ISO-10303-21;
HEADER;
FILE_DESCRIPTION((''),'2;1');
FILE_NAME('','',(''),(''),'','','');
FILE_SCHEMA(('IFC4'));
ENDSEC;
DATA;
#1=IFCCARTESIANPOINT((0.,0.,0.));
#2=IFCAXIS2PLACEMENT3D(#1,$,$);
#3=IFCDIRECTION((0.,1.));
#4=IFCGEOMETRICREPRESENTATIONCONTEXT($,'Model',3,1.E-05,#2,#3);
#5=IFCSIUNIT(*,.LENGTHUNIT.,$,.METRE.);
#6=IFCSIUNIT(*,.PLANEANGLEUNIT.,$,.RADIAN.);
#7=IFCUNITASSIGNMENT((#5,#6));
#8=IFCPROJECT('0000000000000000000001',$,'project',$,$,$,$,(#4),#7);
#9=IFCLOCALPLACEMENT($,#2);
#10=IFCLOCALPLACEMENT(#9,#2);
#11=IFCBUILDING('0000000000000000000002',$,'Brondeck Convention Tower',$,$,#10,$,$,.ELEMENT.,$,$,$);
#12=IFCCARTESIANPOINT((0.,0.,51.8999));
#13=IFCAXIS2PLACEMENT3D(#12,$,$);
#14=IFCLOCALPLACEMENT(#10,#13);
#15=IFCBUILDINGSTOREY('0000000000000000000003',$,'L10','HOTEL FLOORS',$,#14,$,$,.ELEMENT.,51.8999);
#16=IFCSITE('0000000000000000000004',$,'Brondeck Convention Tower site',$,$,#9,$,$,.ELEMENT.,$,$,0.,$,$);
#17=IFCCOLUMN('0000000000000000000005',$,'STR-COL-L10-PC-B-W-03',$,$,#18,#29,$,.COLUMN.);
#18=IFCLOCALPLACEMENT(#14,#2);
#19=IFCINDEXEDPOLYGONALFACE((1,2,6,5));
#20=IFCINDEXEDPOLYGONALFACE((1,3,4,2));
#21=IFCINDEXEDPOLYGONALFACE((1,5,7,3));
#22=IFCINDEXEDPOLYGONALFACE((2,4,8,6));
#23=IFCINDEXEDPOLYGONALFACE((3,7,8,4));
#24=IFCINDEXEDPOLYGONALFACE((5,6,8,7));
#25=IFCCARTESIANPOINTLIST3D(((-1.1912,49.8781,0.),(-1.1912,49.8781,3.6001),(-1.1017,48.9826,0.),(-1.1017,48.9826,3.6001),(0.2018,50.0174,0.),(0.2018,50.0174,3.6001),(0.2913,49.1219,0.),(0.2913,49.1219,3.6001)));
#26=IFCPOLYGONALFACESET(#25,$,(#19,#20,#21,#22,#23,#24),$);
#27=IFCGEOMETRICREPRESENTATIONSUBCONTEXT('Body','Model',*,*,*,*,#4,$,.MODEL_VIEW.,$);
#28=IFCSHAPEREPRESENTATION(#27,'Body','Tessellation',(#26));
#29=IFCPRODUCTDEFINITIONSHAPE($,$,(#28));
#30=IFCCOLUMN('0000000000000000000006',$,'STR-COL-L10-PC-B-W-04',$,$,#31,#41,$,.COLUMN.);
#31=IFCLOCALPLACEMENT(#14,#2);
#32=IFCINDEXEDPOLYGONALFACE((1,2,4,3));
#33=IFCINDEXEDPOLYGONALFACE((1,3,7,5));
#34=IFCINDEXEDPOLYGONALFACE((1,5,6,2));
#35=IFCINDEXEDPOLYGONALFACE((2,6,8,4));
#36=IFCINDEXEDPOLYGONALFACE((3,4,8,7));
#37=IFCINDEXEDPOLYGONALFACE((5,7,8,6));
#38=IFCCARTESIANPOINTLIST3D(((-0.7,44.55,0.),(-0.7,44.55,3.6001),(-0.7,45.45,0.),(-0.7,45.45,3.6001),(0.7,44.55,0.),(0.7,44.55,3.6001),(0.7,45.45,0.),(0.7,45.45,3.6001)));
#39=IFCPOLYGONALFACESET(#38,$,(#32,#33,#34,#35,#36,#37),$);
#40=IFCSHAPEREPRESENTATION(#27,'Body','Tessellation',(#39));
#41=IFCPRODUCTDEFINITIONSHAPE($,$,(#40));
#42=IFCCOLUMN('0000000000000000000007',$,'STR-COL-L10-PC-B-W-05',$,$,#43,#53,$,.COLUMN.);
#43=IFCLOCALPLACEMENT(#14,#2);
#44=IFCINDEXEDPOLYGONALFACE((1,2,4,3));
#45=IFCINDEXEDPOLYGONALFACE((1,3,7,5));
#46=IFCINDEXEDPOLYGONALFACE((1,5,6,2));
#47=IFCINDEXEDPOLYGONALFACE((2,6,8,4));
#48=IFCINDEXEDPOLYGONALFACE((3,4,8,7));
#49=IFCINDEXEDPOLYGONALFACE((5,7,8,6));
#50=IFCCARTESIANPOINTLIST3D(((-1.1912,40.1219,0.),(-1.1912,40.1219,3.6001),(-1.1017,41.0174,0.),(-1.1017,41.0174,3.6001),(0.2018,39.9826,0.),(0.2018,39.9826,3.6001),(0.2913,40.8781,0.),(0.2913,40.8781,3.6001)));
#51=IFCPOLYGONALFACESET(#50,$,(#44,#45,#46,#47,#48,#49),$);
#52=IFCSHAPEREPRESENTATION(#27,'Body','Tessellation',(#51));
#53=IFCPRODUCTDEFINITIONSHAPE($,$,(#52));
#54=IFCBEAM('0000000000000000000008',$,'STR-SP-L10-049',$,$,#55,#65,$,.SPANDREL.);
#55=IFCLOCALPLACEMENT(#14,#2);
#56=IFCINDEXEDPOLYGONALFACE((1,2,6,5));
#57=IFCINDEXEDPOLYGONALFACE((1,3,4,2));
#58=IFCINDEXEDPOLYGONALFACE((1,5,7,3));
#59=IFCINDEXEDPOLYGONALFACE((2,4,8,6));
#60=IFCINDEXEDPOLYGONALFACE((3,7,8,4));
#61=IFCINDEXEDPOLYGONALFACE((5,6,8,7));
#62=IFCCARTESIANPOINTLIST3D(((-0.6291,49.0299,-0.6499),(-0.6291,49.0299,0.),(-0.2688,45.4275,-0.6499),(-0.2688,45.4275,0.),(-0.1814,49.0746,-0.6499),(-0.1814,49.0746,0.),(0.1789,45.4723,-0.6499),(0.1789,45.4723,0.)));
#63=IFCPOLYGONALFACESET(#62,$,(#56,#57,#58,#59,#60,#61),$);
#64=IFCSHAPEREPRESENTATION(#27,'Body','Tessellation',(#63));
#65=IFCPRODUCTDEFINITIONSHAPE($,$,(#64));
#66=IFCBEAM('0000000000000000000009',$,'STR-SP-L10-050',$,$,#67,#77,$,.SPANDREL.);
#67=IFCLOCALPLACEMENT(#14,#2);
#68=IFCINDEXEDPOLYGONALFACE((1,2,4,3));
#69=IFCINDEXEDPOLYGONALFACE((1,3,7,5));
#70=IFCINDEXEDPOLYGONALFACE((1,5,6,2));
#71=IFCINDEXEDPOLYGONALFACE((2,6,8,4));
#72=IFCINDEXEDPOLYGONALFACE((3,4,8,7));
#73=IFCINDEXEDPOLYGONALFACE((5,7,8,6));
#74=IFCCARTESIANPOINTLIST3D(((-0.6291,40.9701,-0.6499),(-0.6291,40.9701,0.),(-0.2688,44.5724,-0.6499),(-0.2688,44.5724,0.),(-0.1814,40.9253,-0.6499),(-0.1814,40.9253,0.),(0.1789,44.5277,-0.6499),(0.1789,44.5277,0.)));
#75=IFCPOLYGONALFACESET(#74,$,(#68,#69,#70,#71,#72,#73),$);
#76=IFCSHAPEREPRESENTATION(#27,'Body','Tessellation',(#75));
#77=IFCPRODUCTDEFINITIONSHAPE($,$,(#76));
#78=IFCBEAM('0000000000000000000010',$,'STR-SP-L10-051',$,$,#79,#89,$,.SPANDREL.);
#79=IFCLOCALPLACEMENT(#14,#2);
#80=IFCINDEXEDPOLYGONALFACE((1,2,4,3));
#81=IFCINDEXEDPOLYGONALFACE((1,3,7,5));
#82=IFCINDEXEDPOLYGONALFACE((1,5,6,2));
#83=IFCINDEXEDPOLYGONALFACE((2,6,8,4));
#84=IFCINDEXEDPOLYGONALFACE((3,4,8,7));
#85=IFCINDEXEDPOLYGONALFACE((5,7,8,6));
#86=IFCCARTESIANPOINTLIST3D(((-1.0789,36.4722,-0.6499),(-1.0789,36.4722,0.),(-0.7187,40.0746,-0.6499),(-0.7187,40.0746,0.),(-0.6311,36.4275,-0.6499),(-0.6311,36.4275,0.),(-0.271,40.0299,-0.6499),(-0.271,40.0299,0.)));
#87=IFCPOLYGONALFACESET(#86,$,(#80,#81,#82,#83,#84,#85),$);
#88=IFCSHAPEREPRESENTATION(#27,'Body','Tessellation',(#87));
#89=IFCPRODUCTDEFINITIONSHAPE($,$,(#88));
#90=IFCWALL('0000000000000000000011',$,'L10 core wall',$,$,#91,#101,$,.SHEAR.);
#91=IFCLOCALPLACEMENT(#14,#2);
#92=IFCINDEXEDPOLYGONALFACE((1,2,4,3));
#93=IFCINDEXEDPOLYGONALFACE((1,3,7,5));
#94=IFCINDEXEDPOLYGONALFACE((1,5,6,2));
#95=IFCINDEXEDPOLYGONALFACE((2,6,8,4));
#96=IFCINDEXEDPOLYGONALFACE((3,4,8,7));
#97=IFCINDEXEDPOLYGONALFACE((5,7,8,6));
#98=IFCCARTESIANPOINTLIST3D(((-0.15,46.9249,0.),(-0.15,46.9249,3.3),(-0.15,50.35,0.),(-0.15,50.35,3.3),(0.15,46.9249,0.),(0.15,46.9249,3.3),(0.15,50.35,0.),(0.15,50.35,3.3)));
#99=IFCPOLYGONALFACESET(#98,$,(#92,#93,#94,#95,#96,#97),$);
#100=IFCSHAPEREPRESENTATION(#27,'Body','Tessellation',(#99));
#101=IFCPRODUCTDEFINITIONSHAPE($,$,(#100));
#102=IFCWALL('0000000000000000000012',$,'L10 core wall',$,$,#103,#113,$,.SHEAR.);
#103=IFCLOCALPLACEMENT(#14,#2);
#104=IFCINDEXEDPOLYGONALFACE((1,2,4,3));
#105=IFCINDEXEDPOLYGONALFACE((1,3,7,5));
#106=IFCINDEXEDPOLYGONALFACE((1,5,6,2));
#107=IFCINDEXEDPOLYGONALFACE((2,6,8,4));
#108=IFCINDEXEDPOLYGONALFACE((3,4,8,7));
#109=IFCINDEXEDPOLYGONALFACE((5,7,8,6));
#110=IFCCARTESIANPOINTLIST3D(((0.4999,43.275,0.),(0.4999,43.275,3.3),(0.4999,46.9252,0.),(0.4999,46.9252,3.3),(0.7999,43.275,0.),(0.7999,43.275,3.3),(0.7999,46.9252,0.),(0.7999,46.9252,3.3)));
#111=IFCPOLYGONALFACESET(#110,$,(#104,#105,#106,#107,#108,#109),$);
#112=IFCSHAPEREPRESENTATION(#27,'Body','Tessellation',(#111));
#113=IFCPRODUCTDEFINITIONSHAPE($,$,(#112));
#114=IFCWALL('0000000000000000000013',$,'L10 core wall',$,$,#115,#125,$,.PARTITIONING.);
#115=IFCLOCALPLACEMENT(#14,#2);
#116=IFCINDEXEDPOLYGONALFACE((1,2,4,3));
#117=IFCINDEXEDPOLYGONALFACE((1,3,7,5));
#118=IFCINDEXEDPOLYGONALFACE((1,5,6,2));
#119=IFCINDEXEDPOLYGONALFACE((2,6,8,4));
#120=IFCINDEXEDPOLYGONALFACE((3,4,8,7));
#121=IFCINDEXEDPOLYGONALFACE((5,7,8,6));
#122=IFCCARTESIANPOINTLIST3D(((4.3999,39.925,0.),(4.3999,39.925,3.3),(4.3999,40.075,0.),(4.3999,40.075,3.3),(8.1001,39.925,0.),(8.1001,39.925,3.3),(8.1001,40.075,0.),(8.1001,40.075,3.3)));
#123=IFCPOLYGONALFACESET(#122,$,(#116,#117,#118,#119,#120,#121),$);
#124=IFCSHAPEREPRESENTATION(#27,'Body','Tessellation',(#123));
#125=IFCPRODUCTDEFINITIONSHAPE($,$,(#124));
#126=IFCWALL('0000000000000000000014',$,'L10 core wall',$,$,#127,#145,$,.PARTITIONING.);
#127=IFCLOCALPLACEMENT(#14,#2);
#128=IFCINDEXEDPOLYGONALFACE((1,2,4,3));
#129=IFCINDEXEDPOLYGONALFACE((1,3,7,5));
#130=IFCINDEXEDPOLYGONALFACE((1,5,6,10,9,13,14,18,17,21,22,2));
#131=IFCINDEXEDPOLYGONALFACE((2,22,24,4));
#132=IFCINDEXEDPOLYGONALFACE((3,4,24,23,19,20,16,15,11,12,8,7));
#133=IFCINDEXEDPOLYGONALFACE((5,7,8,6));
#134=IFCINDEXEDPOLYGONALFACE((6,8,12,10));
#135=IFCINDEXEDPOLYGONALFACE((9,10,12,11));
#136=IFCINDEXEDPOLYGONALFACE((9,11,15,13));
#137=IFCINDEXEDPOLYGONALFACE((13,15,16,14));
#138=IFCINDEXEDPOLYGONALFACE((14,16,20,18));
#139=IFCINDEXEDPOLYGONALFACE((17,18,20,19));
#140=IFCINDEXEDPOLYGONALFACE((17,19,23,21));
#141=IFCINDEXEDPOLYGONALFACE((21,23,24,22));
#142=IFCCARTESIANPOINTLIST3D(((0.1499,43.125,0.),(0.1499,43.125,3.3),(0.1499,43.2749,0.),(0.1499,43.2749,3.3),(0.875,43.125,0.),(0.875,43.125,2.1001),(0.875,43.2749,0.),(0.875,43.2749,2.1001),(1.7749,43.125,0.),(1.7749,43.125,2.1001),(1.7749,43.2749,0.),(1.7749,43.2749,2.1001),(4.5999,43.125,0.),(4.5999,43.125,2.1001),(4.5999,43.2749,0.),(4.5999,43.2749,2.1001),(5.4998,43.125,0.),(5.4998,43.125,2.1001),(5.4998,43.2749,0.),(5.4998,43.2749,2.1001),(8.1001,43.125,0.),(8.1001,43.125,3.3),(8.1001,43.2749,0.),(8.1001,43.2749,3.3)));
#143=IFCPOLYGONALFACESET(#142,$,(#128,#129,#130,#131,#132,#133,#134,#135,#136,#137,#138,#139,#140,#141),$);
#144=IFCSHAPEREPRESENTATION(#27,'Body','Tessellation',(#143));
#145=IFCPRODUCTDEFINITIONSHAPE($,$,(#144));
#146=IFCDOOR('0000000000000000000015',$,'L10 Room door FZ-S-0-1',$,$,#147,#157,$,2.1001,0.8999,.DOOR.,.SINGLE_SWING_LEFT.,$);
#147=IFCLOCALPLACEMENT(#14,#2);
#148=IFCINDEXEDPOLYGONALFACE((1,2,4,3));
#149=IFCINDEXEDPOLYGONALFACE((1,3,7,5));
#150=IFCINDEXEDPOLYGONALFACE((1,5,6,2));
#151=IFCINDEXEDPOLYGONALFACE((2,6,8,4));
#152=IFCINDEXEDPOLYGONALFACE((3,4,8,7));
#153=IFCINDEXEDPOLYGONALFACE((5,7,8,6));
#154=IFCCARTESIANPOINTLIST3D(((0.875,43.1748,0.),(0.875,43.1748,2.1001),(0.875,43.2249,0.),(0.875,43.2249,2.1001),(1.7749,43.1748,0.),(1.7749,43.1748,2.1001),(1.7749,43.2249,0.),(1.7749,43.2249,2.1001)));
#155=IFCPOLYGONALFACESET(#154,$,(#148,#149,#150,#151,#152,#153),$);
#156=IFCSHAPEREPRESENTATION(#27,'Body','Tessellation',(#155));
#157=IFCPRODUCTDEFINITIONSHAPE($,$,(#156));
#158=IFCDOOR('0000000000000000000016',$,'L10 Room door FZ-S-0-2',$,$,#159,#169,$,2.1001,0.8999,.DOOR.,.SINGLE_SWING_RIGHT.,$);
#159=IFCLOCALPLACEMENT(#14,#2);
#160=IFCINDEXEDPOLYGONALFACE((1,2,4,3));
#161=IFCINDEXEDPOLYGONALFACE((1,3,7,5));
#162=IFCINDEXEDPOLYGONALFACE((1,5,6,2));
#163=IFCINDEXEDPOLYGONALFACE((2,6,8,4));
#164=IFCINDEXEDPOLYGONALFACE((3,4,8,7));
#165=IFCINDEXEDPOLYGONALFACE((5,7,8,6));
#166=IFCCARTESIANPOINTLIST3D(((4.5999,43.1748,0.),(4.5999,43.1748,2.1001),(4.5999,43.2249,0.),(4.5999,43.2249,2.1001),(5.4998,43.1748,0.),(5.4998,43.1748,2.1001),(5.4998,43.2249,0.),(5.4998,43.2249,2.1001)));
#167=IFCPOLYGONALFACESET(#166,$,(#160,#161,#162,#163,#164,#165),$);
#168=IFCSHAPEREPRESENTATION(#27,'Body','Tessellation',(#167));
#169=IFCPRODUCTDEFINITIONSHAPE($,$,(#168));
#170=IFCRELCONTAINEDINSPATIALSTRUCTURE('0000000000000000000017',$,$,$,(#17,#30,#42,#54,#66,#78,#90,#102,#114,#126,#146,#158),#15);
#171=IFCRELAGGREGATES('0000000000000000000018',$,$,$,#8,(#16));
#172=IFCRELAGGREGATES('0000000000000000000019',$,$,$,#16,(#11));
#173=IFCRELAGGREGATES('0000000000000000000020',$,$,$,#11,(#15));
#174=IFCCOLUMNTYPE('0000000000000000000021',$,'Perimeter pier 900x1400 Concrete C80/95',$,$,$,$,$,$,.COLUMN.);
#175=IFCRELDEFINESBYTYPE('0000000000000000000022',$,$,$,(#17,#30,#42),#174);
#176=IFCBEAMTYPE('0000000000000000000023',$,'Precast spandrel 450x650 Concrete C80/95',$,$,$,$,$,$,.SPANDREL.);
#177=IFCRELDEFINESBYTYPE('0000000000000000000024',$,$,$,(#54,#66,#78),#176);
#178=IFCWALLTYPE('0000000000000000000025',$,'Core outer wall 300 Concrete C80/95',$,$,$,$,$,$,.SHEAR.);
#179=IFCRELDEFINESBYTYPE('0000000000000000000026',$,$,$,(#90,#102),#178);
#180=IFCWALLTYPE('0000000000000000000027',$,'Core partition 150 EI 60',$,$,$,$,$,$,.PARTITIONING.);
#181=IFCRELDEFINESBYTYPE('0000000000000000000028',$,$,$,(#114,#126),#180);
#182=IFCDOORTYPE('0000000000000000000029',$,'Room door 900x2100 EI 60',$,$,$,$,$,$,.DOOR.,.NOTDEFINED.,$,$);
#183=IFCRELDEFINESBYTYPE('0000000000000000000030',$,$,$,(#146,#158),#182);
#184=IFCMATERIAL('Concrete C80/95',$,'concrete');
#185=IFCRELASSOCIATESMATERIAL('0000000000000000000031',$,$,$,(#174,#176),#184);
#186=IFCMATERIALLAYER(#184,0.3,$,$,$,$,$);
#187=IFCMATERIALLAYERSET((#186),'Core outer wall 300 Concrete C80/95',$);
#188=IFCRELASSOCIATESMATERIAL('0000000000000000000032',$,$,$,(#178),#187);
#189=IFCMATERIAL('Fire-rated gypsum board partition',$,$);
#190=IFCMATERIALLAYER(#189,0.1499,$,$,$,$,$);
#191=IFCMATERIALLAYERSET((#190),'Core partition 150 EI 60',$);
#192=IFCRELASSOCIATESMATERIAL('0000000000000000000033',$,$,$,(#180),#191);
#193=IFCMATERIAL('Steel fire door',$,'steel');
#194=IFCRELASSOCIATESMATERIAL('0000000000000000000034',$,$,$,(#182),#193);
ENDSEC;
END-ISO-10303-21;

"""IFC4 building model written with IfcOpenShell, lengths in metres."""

from ifc_helpers import new_model, si_unit, direction, frame, frame_2d, origin, origin_2d, place, context, subcontext, project, spatial, rectangle, extrude, material, layer, layer_set, material_profile, profile_set, type_object, element, fill, save


model = new_model("IFC4")

# Units and contexts
model_context = context("Model", 3, precision=1e-05, world=origin(), true_north=direction((0.0, 1.0)))
body_context = subcontext(model_context, "Body", "Model", "MODEL_VIEW")
ifc_project = project(units=[si_unit("LENGTHUNIT", "METRE"), si_unit("PLANEANGLEUNIT", "RADIAN")], contexts=[model_context])

# Site, building, storey
site_placement = place(None, origin())
site = spatial("IfcSite", under=ifc_project, at=site_placement, Name="Brondeck Convention Tower site", CompositionType="ELEMENT", RefElevation=0.0)
building_placement = place(site_placement, origin())
building = spatial("IfcBuilding", under=site, at=building_placement, Name="Brondeck Convention Tower", CompositionType="ELEMENT")
storey_placement = place(building_placement, frame((0.0, 0.0, 51.8999)))
storey = spatial("IfcBuildingStorey", under=building, at=storey_placement, Name="L10", Description="HOTEL FLOORS", CompositionType="ELEMENT", Elevation=51.8999)

# Columns
ifc_material_1 = material(Name="Concrete C80/95", Category="concrete")
ifc_material_profile_1 = material_profile(ifc_material_1, rectangle(XDim=0.8999, YDim=1.3999, at=origin_2d()), Name="Perimeter pier 900x1400 Concrete C80/95")
ifc_profile_set_1 = profile_set([ifc_material_profile_1], Name="Concrete C80/95")
column_type = type_object("IfcColumnType", Name="Perimeter pier 900x1400 Concrete C80/95", PredefinedType="COLUMN", material=ifc_profile_set_1)
for number, where, z_axis, x_axis, name in (
    (1, (-0.45, 49.5, 0.0), (0.0, 0.0, 1.0), (0.099504, -0.995037, 0.0), "STR-COL-L10-PC-B-W-03"),
    (2, (0.0, 45.0, 0.0), (0.0, 0.0, 1.0), (0.0, -1.0, 0.0), "STR-COL-L10-PC-B-W-04"),
    (3, (-0.45, 40.5, 0.0), (0.0, 0.0, 1.0), (-0.099504, -0.995037, 0.0), "STR-COL-L10-PC-B-W-05"),
):
    element("IfcColumn", number, at=place(storey_placement, frame(where, z_axis=z_axis, x_axis=x_axis)), inside=storey, type_object=column_type, Name=name, PredefinedType="COLUMN", context=body_context, shape_type="SweptSolid", body=[
        extrude(rectangle(XDim=0.8999, YDim=1.3999, at=origin_2d()), origin(), (0.0, 0.0, 1.0), 3.6001),
    ])

# Beams
ifc_material_profile_2 = material_profile(ifc_material_1, rectangle(XDim=0.45, YDim=0.6499, at=origin_2d()), Name="Precast spandrel 450x650 Concrete C80/95")
ifc_profile_set_2 = profile_set([ifc_material_profile_2], Name="Concrete C80/95")
beam_type = type_object("IfcBeamType", Name="Precast spandrel 450x650 Concrete C80/95", PredefinedType="SPANDREL", material=ifc_profile_set_2)
for number, where, z_axis, x_axis, name in (
    (4, (-0.4053, 49.0522, -0.325), (0.099537, -0.995034, 0.0), (0.995034, 0.099537, 0.0), "STR-SP-L10-049"),
    (5, (-0.0449, 44.55, -0.325), (-0.099537, -0.995034, 0.0), (0.995034, -0.099537, 0.0), "STR-SP-L10-050"),
    (6, (-0.4949, 40.0522, -0.325), (-0.09947, -0.995041, 0.0), (0.995041, -0.09947, 0.0), "STR-SP-L10-051"),
):
    element("IfcBeam", number, at=place(storey_placement, frame(where, z_axis=z_axis, x_axis=x_axis)), inside=storey, type_object=beam_type, Name=name, PredefinedType="SPANDREL", context=body_context, shape_type="SweptSolid", body=[
        extrude(rectangle(XDim=0.45, YDim=0.6499, at=origin_2d()), origin(), (0.0, 0.0, 1.0), 3.6204),
    ])

# Walls
ifc_layer_1 = layer(ifc_material_1, 0.3)
ifc_layer_set_1 = layer_set([ifc_layer_1], Name="Core outer wall 300 Concrete C80/95")
wall_type_1 = type_object("IfcWallType", Name="Core outer wall 300 Concrete C80/95", PredefinedType="SHEAR", material=ifc_layer_set_1)
wall_1_placement = place(storey_placement, frame((0.0, 46.925, 0.0), z_axis=(0.0, 0.0, 1.0), x_axis=(0.0, 1.0, 0.0)))
element("IfcWall", 7, at=wall_1_placement, inside=storey, type_object=wall_type_1, Name="L10 core wall", PredefinedType="SHEAR", context=body_context, shape_type="SweptSolid", body=[
    extrude(rectangle(XDim=3.425, YDim=0.3, at=frame_2d((1.7124, 0.0))), origin(), (0.0, 0.0, 1.0), 3.3),
])
wall_2_placement = place(storey_placement, frame((0.6499, 43.2749, 0.0), z_axis=(0.0, 0.0, 1.0), x_axis=(0.0, 1.0, 0.0)))
element("IfcWall", 8, at=wall_2_placement, inside=storey, type_object=wall_type_1, Name="L10 core wall", PredefinedType="SHEAR", context=body_context, shape_type="SweptSolid", body=[
    extrude(rectangle(XDim=3.6501, YDim=0.3, at=frame_2d((1.8252, 0.0))), origin(), (0.0, 0.0, 1.0), 3.3),
])
ifc_material_2 = material(Name="Fire-rated gypsum board partition")
ifc_layer_2 = layer(ifc_material_2, 0.1499)
ifc_layer_set_2 = layer_set([ifc_layer_2], Name="Core partition 150 EI 60")
wall_type_2 = type_object("IfcWallType", Name="Core partition 150 EI 60", PredefinedType="PARTITIONING", material=ifc_layer_set_2)
wall_3_placement = place(storey_placement, frame((4.3999, 40.0, 0.0), z_axis=(0.0, 0.0, 1.0), x_axis=(1.0, 0.0, 0.0)))
element("IfcWall", 9, at=wall_3_placement, inside=storey, type_object=wall_type_2, Name="L10 core wall", PredefinedType="PARTITIONING", context=body_context, shape_type="SweptSolid", body=[
    extrude(rectangle(XDim=3.7002, YDim=0.1499, at=frame_2d((1.8501, 0.0))), origin(), (0.0, 0.0, 1.0), 3.3),
])

# Wall, openings, doors
wall_4_placement = place(storey_placement, frame((0.1499, 43.2, 0.0), z_axis=(0.0, 0.0, 1.0), x_axis=(1.0, 0.0, 0.0)))
wall_4 = element("IfcWall", 10, at=wall_4_placement, inside=storey, type_object=wall_type_2, Name="L10 core wall", PredefinedType="PARTITIONING", context=body_context, shape_type="SweptSolid", body=[
    extrude(rectangle(XDim=7.9502, YDim=0.1499, at=frame_2d((3.9751, 0.0))), origin(), (0.0, 0.0, 1.0), 3.3),
])
opening_1_placement = place(wall_4_placement, frame((0.7251, 0.0, 0.0)))
opening_1 = element("IfcOpeningElement", 11, at=opening_1_placement, cuts=wall_4, PredefinedType="OPENING", context=body_context, shape_type="SweptSolid", body=[
    extrude(rectangle(XDim=0.8999, YDim=2.1001, at=frame_2d((0.45, 1.05))), frame((0.0, 0.085, 0.0), z_axis=(0.0, -1.0, 0.0), x_axis=(1.0, 0.0, 0.0)), (0.0, 0.0, 1.0), 0.1699),
])
opening_2_placement = place(wall_4_placement, frame((4.45, 0.0, 0.0)))
opening_2 = element("IfcOpeningElement", 12, at=opening_2_placement, cuts=wall_4, PredefinedType="OPENING", context=body_context, shape_type="SweptSolid", body=[
    extrude(rectangle(XDim=0.8999, YDim=2.1001, at=frame_2d((0.45, 1.05))), frame((0.0, 0.085, 0.0), z_axis=(0.0, -1.0, 0.0), x_axis=(1.0, 0.0, 0.0)), (0.0, 0.0, 1.0), 0.1699),
])
ifc_material_3 = material(Name="Steel fire door", Category="steel")
door_type = type_object("IfcDoorType", Name="Room door 900x2100 EI 60", OperationType="NOTDEFINED", PredefinedType="DOOR", material=ifc_material_3)
door_1_placement = place(opening_1_placement, origin())
door_1 = element("IfcDoor", 13, at=door_1_placement, inside=storey, type_object=door_type, Name="L10 Room door FZ-S-0-1", OperationType="SINGLE_SWING_LEFT", OverallHeight=2.1001, OverallWidth=0.8999, PredefinedType="DOOR", context=body_context, shape_type="SweptSolid", body=[
    extrude(rectangle(XDim=0.8999, YDim=2.1001, at=frame_2d((0.45, 1.05))), frame((0.0, 0.0249, 0.0), z_axis=(0.0, -1.0, 0.0), x_axis=(1.0, 0.0, 0.0)), (0.0, 0.0, 1.0), 0.05),
])
fill(opening_1, door_1)
door_2_placement = place(opening_2_placement, origin())
door_2 = element("IfcDoor", 14, at=door_2_placement, inside=storey, type_object=door_type, Name="L10 Room door FZ-S-0-2", OperationType="SINGLE_SWING_RIGHT", OverallHeight=2.1001, OverallWidth=0.8999, PredefinedType="DOOR", context=body_context, shape_type="SweptSolid", body=[
    extrude(rectangle(XDim=0.8999, YDim=2.1001, at=frame_2d((0.45, 1.05))), frame((0.0, 0.0249, 0.0), z_axis=(0.0, -1.0, 0.0), x_axis=(1.0, 0.0, 0.0)), (0.0, 0.0, 1.0), 0.05),
])
fill(opening_2, door_2)

save(model, "model.ifc")
